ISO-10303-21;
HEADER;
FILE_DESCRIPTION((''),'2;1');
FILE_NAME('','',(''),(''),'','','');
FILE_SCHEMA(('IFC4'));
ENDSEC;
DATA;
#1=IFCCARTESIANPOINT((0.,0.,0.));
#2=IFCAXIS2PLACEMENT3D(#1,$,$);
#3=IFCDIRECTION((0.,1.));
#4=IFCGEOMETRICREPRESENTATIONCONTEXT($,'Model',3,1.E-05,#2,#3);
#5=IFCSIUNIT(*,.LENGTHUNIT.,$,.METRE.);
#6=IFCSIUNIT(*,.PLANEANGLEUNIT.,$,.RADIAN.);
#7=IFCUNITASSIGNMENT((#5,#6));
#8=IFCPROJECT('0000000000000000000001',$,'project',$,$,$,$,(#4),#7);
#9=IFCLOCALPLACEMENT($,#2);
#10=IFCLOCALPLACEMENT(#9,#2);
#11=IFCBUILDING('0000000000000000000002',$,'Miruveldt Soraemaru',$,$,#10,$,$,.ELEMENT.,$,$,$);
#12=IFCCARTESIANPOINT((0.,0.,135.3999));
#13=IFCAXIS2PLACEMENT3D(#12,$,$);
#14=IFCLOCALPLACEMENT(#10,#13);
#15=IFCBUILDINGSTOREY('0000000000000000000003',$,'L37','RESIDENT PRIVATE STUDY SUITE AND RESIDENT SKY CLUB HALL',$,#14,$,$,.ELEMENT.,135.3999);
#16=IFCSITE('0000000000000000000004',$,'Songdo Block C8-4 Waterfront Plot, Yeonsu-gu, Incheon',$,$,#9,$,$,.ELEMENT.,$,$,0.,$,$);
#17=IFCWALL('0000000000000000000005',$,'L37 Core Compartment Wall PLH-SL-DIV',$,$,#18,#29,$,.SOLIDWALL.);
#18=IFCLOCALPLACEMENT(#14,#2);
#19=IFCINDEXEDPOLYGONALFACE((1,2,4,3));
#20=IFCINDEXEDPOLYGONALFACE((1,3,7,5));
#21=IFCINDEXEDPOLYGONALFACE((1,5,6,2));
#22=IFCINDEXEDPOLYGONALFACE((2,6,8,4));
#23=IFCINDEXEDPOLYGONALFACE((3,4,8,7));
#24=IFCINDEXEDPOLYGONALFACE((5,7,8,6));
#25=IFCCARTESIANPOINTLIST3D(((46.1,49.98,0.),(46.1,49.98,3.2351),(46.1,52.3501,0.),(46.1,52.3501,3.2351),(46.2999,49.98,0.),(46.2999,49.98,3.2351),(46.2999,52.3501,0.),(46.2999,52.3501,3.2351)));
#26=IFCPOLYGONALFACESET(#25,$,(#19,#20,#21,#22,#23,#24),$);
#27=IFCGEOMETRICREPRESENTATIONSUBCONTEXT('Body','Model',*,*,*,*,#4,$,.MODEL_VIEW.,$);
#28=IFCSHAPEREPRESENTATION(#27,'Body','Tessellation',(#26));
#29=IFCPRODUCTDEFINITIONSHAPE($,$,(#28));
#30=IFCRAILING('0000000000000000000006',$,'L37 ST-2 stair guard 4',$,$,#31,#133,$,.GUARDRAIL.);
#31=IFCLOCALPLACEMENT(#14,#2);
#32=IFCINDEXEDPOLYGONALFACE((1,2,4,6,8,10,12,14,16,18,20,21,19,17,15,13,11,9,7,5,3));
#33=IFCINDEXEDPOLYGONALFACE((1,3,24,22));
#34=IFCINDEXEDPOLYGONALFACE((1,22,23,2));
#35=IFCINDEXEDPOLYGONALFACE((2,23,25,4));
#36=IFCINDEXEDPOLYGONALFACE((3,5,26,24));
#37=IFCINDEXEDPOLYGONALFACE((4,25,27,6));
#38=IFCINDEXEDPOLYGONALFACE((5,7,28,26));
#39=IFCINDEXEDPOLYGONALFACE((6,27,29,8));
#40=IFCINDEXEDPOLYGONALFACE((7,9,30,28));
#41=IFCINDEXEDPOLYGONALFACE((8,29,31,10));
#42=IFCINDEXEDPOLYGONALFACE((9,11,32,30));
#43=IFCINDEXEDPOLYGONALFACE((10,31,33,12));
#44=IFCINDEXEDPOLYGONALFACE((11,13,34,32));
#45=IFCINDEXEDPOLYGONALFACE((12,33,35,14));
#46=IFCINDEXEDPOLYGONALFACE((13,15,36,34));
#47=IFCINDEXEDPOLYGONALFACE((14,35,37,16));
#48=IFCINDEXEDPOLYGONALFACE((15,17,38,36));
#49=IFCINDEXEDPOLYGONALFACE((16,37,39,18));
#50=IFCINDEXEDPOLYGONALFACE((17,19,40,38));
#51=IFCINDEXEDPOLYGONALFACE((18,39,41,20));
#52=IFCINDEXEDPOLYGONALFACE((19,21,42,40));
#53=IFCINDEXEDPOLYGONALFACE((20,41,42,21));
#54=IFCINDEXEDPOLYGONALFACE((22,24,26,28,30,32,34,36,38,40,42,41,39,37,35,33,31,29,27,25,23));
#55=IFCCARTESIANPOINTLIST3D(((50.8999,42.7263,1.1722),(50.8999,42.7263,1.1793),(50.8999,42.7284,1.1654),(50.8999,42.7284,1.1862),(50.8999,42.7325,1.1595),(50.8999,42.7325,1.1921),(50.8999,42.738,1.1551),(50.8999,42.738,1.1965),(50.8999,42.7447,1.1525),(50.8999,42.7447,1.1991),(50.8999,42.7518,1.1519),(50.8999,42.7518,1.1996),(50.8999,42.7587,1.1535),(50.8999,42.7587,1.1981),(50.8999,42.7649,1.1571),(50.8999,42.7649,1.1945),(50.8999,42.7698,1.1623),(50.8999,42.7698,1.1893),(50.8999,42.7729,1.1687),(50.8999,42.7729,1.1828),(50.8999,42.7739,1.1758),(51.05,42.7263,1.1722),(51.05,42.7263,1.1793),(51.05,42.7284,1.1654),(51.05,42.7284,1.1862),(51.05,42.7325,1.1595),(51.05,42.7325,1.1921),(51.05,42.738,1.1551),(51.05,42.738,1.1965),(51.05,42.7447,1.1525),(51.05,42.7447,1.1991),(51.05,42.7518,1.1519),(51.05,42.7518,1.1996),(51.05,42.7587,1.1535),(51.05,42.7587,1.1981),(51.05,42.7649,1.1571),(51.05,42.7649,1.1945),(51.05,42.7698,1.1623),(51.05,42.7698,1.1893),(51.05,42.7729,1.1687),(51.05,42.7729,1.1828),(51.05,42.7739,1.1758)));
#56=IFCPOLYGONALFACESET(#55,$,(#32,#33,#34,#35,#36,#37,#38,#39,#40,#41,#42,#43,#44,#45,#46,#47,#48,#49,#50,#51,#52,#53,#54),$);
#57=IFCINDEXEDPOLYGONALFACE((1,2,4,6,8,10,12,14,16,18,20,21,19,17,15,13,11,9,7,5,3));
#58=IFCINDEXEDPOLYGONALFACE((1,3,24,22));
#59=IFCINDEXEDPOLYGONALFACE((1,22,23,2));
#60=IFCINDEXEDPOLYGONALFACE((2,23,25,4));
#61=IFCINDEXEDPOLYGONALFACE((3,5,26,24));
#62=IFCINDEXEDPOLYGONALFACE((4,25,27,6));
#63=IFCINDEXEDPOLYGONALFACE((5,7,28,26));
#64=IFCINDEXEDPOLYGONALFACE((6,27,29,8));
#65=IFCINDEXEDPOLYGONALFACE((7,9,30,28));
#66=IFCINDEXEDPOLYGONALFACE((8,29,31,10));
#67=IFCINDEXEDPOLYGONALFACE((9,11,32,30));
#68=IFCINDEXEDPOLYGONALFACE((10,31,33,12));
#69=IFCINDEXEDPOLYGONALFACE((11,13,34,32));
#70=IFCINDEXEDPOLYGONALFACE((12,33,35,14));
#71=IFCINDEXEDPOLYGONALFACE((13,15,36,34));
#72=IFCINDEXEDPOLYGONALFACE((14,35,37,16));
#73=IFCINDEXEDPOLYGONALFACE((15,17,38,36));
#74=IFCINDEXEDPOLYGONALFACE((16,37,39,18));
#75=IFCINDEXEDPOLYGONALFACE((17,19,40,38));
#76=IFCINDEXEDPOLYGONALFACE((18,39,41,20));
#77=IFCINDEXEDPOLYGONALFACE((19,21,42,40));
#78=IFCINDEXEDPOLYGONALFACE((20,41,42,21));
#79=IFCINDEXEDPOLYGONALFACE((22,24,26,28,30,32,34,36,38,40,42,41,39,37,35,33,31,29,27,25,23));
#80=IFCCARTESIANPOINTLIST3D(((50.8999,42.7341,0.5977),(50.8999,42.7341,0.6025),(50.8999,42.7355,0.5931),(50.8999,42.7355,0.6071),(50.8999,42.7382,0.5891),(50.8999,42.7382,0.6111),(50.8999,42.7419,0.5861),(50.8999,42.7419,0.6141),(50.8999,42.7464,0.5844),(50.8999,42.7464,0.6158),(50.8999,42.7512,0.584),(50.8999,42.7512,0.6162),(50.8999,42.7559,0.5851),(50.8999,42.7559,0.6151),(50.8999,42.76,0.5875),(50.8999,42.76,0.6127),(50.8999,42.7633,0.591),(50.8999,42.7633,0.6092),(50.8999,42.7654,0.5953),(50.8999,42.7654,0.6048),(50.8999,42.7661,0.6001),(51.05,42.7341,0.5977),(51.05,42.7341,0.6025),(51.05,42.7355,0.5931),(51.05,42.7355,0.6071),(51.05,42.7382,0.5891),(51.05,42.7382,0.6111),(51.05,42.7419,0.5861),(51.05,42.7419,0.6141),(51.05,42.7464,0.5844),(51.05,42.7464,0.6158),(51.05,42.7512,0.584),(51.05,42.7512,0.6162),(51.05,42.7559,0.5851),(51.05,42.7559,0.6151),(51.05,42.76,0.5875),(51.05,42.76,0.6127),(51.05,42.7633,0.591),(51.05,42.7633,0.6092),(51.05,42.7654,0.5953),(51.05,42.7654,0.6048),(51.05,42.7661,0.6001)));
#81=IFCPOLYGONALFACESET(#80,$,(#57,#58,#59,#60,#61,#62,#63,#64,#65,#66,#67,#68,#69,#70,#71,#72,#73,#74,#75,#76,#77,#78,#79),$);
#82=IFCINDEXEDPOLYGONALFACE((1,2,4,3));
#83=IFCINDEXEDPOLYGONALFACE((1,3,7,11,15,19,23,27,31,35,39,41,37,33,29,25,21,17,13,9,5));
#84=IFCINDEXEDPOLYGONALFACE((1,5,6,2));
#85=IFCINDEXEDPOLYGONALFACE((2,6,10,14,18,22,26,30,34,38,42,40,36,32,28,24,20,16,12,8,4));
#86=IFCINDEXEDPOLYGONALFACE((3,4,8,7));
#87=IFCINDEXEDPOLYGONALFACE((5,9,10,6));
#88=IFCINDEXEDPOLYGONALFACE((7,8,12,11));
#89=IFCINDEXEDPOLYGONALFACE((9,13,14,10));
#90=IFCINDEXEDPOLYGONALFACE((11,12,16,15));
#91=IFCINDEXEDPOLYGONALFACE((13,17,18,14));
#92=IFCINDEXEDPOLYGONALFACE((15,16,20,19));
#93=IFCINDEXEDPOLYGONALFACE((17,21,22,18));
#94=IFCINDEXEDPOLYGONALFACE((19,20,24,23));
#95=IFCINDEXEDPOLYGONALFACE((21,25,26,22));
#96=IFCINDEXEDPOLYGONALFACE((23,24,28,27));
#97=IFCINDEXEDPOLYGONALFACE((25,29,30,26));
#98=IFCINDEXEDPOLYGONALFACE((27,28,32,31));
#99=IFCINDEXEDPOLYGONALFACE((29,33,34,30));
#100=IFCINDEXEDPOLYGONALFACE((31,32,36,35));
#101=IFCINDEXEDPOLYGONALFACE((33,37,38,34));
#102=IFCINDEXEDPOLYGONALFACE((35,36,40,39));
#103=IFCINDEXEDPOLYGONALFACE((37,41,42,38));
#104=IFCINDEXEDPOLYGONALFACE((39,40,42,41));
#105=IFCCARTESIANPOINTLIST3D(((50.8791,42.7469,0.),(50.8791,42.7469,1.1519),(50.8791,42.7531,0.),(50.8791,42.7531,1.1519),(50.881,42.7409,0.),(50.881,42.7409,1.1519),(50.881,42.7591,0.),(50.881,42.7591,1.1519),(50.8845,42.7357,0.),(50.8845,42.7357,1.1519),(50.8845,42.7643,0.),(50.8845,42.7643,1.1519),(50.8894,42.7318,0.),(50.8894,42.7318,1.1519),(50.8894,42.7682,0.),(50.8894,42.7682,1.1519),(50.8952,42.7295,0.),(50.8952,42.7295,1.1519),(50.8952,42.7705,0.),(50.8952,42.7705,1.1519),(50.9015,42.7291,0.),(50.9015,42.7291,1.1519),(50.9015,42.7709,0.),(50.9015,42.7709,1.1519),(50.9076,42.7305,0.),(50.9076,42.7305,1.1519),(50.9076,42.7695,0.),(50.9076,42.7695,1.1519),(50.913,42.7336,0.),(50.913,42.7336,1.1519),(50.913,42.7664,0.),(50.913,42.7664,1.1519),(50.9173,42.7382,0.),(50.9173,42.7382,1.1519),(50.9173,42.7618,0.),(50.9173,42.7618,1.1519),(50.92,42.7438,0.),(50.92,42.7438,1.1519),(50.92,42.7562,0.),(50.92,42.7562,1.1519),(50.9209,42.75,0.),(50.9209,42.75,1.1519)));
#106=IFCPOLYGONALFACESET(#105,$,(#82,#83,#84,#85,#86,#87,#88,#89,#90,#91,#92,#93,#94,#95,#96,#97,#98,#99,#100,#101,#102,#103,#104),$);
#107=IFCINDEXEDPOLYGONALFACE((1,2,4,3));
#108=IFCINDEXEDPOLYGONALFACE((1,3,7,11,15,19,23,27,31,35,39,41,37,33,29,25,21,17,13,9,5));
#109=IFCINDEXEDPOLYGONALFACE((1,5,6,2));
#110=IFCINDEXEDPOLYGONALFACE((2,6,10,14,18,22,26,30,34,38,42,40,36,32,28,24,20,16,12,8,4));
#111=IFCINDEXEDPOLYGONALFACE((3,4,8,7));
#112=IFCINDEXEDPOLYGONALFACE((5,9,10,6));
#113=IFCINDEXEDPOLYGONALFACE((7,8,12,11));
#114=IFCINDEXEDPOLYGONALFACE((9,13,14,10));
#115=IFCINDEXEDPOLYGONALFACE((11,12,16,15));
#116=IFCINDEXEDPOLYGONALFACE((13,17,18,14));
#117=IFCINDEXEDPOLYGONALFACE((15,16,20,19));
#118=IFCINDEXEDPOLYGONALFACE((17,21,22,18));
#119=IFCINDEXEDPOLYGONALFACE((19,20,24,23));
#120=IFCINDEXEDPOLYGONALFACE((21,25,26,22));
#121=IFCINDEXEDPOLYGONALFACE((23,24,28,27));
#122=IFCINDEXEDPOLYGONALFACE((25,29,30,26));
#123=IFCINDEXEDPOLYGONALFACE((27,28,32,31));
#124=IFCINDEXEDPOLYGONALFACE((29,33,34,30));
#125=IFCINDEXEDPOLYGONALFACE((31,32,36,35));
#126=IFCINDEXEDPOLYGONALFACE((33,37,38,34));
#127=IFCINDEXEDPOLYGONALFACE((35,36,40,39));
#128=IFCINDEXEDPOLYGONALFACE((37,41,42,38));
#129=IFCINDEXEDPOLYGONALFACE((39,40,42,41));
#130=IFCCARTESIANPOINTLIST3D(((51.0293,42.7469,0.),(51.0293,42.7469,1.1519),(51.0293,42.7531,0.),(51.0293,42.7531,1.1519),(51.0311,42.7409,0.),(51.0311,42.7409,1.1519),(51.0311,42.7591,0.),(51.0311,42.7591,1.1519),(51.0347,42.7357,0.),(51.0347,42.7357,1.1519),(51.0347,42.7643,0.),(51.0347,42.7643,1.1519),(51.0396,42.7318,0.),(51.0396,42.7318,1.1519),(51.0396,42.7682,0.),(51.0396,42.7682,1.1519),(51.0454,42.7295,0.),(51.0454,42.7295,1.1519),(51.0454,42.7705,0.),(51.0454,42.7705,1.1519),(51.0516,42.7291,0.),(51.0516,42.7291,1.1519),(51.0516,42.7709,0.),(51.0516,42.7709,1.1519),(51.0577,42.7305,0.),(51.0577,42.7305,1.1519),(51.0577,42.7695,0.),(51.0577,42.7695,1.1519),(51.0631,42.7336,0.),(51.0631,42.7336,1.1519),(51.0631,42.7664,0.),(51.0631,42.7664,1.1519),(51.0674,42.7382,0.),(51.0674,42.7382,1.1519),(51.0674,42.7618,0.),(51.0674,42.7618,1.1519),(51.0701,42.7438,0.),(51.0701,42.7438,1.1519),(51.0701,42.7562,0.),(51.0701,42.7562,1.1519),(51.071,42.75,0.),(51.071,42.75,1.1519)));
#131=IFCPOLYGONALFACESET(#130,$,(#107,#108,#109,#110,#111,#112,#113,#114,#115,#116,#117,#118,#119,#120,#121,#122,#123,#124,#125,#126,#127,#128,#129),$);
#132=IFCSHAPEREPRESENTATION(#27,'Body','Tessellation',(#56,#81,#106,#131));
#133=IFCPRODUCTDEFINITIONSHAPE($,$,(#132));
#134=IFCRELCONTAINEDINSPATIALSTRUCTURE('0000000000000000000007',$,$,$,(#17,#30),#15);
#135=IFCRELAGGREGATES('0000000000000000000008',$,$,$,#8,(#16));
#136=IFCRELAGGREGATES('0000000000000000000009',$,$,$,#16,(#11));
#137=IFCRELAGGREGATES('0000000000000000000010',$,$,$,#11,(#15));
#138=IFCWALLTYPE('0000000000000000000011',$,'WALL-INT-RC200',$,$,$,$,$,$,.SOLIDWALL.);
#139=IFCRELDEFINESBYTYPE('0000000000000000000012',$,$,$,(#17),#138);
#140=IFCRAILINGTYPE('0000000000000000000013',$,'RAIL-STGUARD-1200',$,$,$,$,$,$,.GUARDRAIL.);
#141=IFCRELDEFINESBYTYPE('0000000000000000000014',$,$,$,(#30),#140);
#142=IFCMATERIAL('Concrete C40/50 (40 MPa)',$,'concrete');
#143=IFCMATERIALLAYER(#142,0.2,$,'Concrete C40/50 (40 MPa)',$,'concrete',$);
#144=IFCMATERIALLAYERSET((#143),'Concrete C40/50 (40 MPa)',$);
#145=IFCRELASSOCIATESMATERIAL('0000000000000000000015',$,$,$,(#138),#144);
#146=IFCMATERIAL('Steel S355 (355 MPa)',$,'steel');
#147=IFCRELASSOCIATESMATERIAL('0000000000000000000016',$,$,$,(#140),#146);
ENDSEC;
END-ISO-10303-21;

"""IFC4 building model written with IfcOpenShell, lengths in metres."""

from ifc_helpers import new_model, si_unit, direction, frame, frame_2d, origin, origin_2d, place, context, subcontext, project, spatial, rectangle, circle, extrude, material, layer, layer_set, type_object, element, save


model = new_model("IFC4")

# Units and contexts
model_context = context("Model", 3, precision=1e-05, world=origin(), true_north=direction((0.0, 1.0)))
body_context = subcontext(model_context, "Body", "Model", "MODEL_VIEW")
ifc_project = project(units=[si_unit("LENGTHUNIT", "METRE"), si_unit("PLANEANGLEUNIT", "RADIAN")], contexts=[model_context])

# Site, building, storey
site_placement = place(None, origin())
site = spatial("IfcSite", under=ifc_project, at=site_placement, Name="Songdo Block C8-4 Waterfront Plot, Yeonsu-gu, Incheon", CompositionType="ELEMENT", RefElevation=0.0)
building_placement = place(site_placement, origin())
building = spatial("IfcBuilding", under=site, at=building_placement, Name="Miruveldt Soraemaru", CompositionType="ELEMENT")
storey_placement = place(building_placement, frame((0.0, 0.0, 135.3999)))
storey = spatial("IfcBuildingStorey", under=building, at=storey_placement, Name="L37", Description="RESIDENT PRIVATE STUDY SUITE AND RESIDENT SKY CLUB HALL", CompositionType="ELEMENT", Elevation=135.3999)

# Shared definitions
ifc_material_1 = material(Name="Concrete C40/50 (40 MPa)", Category="concrete")

# Shared definitions
ifc_layer_1 = layer(ifc_material_1, 0.2, Name="Concrete C40/50 (40 MPa)", Category="concrete")
ifc_layer_set_1 = layer_set([ifc_layer_1], Name="Concrete C40/50 (40 MPa)")
wall_type_1 = type_object("IfcWallType", Name="WALL-INT-RC200", PredefinedType="SOLIDWALL", material=ifc_layer_set_1)

# Wall
wall_1_placement = place(storey_placement, frame((46.2, 49.98, 0.0), z_axis=(0.0, 0.0, 1.0), x_axis=(0.0, 1.0, 0.0)))
element("IfcWall", 1, at=wall_1_placement, inside=storey, type_object=wall_type_1, Name="L37 Core Compartment Wall PLH-SL-DIV", PredefinedType="SOLIDWALL", context=body_context, shape_type="SweptSolid", body=[
    extrude(rectangle(XDim=2.3701, YDim=0.2, at=frame_2d((1.1851, 0.0))), origin(), (0.0, 0.0, 1.0), 3.2351),
])

# Railing
ifc_material_2 = material(Name="Steel S355 (355 MPa)", Category="steel")
railing_type = type_object("IfcRailingType", Name="RAIL-STGUARD-1200", PredefinedType="GUARDRAIL", material=ifc_material_2)
railing_placement = place(storey_placement, frame((50.8999, 42.75, 0.0)))
element("IfcRailing", 2, at=railing_placement, inside=storey, type_object=railing_type, Name="L37 ST-2 stair guard 4", PredefinedType="GUARDRAIL", context=body_context, shape_type="SweptSolid", body=[
    extrude(circle(Radius=0.0239, at=origin_2d()), frame((0.0, 0.0, 1.1758), z_axis=(1.0, 0.0, 0.0), x_axis=(0.0, 1.0, 0.0)), (0.0, 0.0, 1.0), 0.1501),
    extrude(circle(Radius=0.0161, at=origin_2d()), frame((0.0, 0.0, 0.6001), z_axis=(1.0, 0.0, 0.0), x_axis=(0.0, 1.0, 0.0)), (0.0, 0.0, 1.0), 0.1501),
    extrude(circle(Radius=0.021, at=origin_2d()), origin(), (0.0, 0.0, 1.0), 1.1519),
    extrude(circle(Radius=0.021, at=origin_2d()), frame((0.1501, 0.0, 0.0)), (0.0, 0.0, 1.0), 1.1519),
])

save(model, "model.ifc")
